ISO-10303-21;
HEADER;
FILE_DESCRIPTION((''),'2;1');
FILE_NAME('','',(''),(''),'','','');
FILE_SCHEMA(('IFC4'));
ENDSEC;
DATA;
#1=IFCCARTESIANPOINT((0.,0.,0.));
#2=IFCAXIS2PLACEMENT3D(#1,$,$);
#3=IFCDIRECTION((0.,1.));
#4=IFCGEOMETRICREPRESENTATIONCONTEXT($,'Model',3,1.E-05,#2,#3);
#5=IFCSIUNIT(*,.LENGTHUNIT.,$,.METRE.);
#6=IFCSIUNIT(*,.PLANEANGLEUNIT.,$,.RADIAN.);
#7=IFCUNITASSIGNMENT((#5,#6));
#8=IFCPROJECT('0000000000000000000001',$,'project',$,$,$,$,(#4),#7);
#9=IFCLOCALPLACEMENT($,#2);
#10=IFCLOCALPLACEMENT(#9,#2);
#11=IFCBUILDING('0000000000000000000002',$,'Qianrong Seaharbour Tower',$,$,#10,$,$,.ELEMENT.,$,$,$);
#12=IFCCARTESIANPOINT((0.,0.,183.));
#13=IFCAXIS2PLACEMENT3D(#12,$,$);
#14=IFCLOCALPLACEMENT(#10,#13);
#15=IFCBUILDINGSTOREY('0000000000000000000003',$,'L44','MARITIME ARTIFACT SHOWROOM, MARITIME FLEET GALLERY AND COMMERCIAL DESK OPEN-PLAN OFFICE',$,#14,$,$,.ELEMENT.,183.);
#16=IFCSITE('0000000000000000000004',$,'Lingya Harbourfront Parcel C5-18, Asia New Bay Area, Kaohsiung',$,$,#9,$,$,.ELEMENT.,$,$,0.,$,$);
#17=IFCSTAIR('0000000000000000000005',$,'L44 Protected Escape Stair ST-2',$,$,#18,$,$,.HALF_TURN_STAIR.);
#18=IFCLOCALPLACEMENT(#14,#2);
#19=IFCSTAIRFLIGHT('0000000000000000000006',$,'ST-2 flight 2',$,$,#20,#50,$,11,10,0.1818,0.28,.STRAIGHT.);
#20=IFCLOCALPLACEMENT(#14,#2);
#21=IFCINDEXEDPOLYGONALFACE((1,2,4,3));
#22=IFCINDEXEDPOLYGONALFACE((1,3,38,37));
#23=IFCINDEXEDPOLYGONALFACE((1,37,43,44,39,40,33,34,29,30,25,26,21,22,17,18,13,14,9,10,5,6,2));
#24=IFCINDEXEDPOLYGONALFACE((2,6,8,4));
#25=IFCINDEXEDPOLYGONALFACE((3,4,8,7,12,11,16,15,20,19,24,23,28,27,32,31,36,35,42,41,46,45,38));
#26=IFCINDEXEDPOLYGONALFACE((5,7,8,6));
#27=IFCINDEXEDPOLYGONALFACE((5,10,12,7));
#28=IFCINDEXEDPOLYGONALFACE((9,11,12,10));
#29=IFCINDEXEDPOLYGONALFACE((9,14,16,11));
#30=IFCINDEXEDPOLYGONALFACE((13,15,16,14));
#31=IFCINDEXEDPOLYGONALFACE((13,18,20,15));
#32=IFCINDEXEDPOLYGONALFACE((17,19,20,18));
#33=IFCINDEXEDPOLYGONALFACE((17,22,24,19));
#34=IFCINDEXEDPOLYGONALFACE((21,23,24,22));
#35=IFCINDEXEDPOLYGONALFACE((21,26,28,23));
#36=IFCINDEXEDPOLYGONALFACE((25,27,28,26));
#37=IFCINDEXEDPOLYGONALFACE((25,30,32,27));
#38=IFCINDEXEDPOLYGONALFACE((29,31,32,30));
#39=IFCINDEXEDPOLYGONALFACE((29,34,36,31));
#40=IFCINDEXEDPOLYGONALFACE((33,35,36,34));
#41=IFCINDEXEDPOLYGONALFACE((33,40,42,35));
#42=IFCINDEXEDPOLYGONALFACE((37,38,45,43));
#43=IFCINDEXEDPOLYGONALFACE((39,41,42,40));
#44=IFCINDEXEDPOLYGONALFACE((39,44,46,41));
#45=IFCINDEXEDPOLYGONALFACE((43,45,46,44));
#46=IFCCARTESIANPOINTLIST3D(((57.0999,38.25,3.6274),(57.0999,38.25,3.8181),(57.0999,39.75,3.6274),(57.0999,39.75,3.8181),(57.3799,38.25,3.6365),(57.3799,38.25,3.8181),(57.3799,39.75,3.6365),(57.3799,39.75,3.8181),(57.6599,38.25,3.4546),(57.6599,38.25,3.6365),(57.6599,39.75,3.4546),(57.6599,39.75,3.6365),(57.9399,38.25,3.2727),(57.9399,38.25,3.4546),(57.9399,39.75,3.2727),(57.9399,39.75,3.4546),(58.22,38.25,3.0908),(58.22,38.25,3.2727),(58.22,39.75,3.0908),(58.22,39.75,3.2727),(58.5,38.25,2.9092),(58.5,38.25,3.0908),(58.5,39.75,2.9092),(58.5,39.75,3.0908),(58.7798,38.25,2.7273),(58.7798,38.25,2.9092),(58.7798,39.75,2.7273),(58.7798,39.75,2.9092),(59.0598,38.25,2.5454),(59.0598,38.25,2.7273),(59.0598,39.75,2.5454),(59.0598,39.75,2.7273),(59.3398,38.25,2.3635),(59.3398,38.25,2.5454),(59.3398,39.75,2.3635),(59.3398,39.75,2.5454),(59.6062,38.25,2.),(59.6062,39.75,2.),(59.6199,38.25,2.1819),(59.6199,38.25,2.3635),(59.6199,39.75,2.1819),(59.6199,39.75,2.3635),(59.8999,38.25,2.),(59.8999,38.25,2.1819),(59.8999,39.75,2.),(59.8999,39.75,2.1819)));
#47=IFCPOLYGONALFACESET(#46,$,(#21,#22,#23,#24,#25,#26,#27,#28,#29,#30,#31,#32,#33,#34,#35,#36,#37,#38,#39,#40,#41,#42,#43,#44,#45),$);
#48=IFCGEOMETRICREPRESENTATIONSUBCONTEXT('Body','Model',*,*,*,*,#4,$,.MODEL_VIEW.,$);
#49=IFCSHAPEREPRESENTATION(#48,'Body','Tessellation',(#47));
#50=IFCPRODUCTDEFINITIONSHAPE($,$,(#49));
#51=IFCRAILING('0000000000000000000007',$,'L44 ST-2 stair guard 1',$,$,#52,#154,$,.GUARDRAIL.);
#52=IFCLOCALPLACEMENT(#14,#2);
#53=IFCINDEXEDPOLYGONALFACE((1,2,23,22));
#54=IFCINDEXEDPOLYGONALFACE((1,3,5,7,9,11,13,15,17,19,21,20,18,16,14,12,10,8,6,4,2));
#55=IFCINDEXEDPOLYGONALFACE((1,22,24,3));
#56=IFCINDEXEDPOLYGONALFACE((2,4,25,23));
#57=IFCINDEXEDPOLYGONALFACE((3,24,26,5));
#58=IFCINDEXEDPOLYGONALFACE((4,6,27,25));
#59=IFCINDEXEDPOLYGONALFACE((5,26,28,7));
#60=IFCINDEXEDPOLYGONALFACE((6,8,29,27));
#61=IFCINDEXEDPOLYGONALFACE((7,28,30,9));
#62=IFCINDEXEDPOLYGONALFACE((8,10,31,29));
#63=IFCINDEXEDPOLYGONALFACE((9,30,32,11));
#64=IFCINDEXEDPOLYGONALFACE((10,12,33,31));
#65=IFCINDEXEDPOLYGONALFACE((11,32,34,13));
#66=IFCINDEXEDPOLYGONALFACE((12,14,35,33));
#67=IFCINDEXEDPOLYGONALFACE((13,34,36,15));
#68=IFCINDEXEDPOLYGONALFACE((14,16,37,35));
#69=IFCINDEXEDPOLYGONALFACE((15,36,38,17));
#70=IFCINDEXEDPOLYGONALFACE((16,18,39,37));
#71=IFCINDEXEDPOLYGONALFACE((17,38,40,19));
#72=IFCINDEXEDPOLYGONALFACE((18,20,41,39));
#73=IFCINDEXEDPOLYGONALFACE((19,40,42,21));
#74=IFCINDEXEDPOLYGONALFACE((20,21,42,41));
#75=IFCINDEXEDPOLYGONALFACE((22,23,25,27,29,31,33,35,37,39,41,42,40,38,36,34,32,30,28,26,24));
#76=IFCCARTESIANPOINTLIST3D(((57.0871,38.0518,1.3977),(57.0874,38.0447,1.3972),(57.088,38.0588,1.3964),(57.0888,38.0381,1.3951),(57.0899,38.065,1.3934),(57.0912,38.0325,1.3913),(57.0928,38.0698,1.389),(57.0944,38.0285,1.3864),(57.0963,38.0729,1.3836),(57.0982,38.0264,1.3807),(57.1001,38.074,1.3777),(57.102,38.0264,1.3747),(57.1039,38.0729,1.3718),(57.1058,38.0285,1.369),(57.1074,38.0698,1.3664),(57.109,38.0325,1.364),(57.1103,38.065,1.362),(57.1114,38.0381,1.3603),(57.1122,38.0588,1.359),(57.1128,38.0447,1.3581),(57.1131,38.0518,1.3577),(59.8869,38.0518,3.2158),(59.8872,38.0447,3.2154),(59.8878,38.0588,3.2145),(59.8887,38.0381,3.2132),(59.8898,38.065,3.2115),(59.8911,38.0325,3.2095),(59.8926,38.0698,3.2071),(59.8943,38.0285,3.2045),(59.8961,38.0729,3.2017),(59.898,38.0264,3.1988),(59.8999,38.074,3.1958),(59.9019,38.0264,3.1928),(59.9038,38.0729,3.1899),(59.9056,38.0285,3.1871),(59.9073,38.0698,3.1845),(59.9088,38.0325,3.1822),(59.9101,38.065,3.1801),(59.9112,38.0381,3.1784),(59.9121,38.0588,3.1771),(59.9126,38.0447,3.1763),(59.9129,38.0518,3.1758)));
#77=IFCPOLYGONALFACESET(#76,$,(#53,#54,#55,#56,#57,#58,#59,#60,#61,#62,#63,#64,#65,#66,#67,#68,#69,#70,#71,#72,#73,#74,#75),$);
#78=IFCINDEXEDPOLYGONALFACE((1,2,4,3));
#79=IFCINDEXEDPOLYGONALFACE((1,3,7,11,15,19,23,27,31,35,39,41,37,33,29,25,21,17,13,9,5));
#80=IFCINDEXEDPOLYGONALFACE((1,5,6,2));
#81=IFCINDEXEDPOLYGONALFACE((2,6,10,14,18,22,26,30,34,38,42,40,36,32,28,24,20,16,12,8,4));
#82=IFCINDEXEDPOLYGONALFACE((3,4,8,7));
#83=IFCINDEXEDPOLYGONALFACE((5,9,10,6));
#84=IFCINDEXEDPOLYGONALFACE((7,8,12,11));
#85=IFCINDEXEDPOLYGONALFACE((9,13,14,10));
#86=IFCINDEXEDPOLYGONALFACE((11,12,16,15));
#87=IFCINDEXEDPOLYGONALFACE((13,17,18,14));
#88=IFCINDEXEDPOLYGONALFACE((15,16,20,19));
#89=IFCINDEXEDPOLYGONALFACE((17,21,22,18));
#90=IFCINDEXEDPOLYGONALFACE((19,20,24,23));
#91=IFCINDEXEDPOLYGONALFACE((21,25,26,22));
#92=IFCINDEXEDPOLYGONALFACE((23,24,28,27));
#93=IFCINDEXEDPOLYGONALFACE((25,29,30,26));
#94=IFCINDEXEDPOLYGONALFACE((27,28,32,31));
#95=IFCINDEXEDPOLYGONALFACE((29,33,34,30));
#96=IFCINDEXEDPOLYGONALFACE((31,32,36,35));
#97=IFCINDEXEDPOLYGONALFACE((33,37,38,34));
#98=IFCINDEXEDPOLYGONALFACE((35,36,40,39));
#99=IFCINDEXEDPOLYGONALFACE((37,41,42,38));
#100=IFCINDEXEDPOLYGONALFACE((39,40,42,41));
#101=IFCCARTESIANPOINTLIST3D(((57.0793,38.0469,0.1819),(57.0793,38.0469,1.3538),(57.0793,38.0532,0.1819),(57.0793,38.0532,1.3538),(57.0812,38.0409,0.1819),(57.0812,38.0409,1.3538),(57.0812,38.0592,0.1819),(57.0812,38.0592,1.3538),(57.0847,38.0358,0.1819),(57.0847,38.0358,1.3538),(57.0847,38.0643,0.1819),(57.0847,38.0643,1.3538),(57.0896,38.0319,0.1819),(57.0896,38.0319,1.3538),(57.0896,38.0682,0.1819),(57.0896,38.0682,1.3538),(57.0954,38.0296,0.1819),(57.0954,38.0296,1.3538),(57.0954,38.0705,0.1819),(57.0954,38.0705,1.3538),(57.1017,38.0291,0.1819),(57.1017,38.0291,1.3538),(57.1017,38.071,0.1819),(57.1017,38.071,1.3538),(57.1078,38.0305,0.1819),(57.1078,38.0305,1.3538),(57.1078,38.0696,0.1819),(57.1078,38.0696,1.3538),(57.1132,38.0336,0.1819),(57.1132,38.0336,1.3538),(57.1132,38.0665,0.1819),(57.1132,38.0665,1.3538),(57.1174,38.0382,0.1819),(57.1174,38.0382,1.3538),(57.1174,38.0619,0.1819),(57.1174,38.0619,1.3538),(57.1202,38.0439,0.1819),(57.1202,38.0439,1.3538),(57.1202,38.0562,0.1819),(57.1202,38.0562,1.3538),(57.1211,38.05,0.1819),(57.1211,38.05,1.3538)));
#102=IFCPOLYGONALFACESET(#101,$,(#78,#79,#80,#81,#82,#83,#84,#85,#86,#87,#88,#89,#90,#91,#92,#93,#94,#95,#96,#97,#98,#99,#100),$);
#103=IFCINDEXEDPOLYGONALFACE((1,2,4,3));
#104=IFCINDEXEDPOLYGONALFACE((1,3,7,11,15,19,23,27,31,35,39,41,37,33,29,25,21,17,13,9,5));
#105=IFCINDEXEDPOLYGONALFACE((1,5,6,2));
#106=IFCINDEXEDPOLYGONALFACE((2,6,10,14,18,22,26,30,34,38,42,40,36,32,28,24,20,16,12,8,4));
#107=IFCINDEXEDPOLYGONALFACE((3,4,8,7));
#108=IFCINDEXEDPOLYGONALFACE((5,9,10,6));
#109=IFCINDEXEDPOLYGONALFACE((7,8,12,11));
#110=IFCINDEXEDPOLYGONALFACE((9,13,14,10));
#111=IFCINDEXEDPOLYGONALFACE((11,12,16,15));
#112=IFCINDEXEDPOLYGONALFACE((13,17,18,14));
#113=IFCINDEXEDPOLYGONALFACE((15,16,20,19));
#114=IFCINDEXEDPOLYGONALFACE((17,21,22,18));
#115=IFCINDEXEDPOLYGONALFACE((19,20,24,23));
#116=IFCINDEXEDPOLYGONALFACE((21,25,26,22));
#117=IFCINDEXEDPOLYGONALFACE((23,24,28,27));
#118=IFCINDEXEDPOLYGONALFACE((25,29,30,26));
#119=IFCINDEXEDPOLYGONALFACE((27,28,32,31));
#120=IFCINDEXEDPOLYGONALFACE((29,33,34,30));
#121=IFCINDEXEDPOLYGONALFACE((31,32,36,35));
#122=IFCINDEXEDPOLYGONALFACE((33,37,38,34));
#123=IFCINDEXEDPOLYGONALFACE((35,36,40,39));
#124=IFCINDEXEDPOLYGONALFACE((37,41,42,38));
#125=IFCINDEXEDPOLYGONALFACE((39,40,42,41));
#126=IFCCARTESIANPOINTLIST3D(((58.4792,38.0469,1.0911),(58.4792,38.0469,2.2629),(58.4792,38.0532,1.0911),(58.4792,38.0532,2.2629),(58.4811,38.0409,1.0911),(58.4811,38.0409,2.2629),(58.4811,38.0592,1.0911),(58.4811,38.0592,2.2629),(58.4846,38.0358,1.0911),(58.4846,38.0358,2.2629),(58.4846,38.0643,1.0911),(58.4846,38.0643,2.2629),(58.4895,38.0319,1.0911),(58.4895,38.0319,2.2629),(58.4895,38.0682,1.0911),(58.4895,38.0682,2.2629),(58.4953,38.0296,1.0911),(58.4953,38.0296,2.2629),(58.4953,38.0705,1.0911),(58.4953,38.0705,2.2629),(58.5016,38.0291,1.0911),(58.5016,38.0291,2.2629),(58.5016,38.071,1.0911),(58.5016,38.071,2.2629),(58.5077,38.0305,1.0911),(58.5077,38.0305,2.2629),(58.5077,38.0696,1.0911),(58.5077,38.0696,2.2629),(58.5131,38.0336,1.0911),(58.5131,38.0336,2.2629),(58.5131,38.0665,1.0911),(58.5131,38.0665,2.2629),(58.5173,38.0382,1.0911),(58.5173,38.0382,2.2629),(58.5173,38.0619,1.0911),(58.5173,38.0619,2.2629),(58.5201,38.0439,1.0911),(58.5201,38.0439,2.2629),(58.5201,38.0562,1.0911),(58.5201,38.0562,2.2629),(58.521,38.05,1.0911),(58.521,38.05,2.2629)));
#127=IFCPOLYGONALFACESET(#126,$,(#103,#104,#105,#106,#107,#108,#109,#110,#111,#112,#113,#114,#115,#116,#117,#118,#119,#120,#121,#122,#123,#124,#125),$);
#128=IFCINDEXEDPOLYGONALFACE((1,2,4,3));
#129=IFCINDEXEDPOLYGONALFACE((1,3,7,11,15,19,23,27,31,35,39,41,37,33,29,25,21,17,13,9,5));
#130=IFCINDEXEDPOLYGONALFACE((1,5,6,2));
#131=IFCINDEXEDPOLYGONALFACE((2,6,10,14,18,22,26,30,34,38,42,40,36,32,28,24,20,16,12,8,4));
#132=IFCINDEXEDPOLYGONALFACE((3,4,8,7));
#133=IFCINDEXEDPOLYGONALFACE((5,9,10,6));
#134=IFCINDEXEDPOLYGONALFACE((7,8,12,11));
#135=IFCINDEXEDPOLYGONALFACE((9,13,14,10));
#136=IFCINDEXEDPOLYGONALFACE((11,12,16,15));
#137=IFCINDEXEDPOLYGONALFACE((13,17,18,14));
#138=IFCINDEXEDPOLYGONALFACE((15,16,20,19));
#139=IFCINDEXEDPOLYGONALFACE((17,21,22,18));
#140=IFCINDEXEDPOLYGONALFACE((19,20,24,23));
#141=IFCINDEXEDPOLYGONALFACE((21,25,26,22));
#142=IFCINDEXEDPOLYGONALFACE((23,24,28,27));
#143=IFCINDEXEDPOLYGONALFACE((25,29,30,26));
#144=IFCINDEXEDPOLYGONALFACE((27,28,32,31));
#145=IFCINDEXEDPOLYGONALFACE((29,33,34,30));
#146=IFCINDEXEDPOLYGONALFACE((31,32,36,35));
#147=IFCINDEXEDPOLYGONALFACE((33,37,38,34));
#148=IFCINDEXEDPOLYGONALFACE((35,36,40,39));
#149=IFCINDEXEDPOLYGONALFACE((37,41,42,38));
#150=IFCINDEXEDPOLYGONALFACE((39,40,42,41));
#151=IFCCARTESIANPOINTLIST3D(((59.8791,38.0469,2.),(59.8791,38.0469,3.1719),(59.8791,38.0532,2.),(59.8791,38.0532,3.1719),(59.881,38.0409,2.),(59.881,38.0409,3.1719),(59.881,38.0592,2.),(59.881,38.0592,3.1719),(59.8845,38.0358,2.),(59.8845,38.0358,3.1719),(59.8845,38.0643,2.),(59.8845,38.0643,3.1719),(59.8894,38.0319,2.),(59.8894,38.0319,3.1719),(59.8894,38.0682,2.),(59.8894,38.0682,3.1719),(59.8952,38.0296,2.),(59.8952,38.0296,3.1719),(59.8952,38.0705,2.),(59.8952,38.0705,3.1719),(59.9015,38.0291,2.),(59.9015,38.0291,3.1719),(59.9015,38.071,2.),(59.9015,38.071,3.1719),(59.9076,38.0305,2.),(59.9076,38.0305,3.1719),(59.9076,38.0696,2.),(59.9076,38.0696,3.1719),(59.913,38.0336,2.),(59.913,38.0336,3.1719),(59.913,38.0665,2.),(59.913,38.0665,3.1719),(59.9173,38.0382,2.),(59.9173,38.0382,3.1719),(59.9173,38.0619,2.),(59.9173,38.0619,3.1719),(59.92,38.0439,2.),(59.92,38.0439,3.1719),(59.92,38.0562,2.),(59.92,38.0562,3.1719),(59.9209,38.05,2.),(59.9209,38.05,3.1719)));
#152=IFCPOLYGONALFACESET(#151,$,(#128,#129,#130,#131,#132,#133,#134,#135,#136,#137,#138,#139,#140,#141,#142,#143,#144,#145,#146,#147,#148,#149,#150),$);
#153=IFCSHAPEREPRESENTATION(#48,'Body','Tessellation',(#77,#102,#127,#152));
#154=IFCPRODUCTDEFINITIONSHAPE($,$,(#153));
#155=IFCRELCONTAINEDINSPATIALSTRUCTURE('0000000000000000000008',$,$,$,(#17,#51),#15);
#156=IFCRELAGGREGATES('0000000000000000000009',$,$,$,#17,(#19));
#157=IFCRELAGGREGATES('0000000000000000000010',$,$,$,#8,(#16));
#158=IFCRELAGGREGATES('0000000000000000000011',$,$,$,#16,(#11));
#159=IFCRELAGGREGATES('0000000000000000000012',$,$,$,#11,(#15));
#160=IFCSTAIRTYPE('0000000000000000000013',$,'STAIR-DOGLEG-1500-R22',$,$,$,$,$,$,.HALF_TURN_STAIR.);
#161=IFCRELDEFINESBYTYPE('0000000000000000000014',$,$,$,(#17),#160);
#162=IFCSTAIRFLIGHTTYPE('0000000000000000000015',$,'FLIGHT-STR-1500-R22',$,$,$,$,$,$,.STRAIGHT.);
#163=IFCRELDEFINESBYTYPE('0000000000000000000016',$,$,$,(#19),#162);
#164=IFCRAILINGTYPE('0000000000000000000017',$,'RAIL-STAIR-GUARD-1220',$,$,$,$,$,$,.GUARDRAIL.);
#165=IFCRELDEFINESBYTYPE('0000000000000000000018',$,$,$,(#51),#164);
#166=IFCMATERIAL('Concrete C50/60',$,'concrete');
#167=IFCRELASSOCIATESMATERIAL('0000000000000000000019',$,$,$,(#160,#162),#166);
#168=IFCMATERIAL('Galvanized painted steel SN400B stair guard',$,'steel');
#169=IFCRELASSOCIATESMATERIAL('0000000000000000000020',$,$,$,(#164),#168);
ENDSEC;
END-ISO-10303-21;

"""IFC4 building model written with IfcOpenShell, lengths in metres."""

from ifc_helpers import new_model, si_unit, direction, frame, origin, origin_2d, place, context, subcontext, project, spatial, polyline, circle, outline, extrude, material, type_object, element, aggregate, save


model = new_model("IFC4")

# Units and contexts
model_context = context("Model", 3, precision=1e-05, world=origin(), true_north=direction((0.0, 1.0)))
body_context = subcontext(model_context, "Body", "Model", "MODEL_VIEW")
ifc_project = project(units=[si_unit("LENGTHUNIT", "METRE"), si_unit("PLANEANGLEUNIT", "RADIAN")], contexts=[model_context])

# Site, building, storey
site_placement = place(None, origin())
site = spatial("IfcSite", under=ifc_project, at=site_placement, Name="Lingya Harbourfront Parcel C5-18, Asia New Bay Area, Kaohsiung", CompositionType="ELEMENT", RefElevation=0.0)
building_placement = place(site_placement, origin())
building = spatial("IfcBuilding", under=site, at=building_placement, Name="Qianrong Seaharbour Tower", CompositionType="ELEMENT")
storey_placement = place(building_placement, frame((0.0, 0.0, 183.0)))
storey = spatial("IfcBuildingStorey", under=building, at=storey_placement, Name="L44", Description="MARITIME ARTIFACT SHOWROOM, MARITIME FLEET GALLERY AND COMMERCIAL DESK OPEN-PLAN OFFICE", CompositionType="ELEMENT", Elevation=183.0)

# Shared definitions
ifc_material_1 = material(Name="Concrete C50/60", Category="concrete")

# Stair, stair flight
stair_type = type_object("IfcStairType", Name="STAIR-DOGLEG-1500-R22", PredefinedType="HALF_TURN_STAIR", material=ifc_material_1)
stair_placement = place(storey_placement, origin())
stair = element("IfcStair", 1, at=stair_placement, inside=storey, type_object=stair_type, Name="L44 Protected Escape Stair ST-2", PredefinedType="HALF_TURN_STAIR")
stair_flight_type = type_object("IfcStairFlightType", Name="FLIGHT-STR-1500-R22", PredefinedType="STRAIGHT", material=ifc_material_1)
stair_flight_1_placement = place(storey_placement, frame((59.8999, 39.0, 2.0), z_axis=(0.0, 0.0, 1.0), x_axis=(-1.0, 0.0, 0.0)))
stair_flight_1 = element("IfcStairFlight", 2, at=stair_flight_1_placement, type_object=stair_flight_type, Name="ST-2 flight 2", NumberOfRisers=11, NumberOfTreads=10, PredefinedType="STRAIGHT", RiserHeight=0.1818, TreadLength=0.28, context=body_context, shape_type="SweptSolid", body=[
    extrude(outline(polyline([(0.0, 0.0), (0.0, 0.1819), (0.28, 0.1819), (0.28, 0.3635), (0.5601, 0.3635), (0.5601, 0.5454), (0.8401, 0.5454), (0.8401, 0.7273), (1.1201, 0.7273), (1.1201, 0.9092), (1.3999, 0.9092), (1.3999, 1.0908), (1.6799, 1.0908), (1.6799, 1.2727), (1.96, 1.2727), (1.96, 1.4546), (2.24, 1.4546), (2.24, 1.6365), (2.52, 1.6365), (2.52, 1.8181), (2.8, 1.8181), (2.8, 2.0), (2.8, 1.6274), (0.2937, 0.0), (0.0, 0.0)])), frame((0.0, 0.75, 0.0), z_axis=(0.0, -1.0, 0.0), x_axis=(1.0, 0.0, 0.0)), (0.0, 0.0, 1.0), 1.5),
])
aggregate(stair, [stair_flight_1])

# Railing
ifc_material_2 = material(Name="Galvanized painted steel SN400B stair guard", Category="steel")
railing_type_1 = type_object("IfcRailingType", Name="RAIL-STAIR-GUARD-1220", PredefinedType="GUARDRAIL", material=ifc_material_2)
railing_1_placement = place(storey_placement, frame((57.1001, 38.05, 0.1819)))
element("IfcRailing", 3, at=railing_1_placement, inside=storey, type_object=railing_type_1, Name="L44 ST-2 stair guard 1", PredefinedType="GUARDRAIL", context=body_context, shape_type="SweptSolid", body=[
    extrude(circle(Radius=0.0239, at=origin_2d()), frame((0.0, 0.0, 1.1958), z_axis=(0.838684, 0.0, 0.544618), x_axis=(0.0, 1.0, 0.0)), (0.0, 0.0, 1.0), 3.3384),
    extrude(circle(Radius=0.021, at=origin_2d()), origin(), (0.0, 0.0, 1.0), 1.1719),
    extrude(circle(Radius=0.021, at=origin_2d()), frame((1.3999, 0.0, 0.9092)), (0.0, 0.0, 1.0), 1.1719),
    extrude(circle(Radius=0.021, at=origin_2d()), frame((2.7998, 0.0, 1.8181)), (0.0, 0.0, 1.0), 1.1719),
])

save(model, "model.ifc")
